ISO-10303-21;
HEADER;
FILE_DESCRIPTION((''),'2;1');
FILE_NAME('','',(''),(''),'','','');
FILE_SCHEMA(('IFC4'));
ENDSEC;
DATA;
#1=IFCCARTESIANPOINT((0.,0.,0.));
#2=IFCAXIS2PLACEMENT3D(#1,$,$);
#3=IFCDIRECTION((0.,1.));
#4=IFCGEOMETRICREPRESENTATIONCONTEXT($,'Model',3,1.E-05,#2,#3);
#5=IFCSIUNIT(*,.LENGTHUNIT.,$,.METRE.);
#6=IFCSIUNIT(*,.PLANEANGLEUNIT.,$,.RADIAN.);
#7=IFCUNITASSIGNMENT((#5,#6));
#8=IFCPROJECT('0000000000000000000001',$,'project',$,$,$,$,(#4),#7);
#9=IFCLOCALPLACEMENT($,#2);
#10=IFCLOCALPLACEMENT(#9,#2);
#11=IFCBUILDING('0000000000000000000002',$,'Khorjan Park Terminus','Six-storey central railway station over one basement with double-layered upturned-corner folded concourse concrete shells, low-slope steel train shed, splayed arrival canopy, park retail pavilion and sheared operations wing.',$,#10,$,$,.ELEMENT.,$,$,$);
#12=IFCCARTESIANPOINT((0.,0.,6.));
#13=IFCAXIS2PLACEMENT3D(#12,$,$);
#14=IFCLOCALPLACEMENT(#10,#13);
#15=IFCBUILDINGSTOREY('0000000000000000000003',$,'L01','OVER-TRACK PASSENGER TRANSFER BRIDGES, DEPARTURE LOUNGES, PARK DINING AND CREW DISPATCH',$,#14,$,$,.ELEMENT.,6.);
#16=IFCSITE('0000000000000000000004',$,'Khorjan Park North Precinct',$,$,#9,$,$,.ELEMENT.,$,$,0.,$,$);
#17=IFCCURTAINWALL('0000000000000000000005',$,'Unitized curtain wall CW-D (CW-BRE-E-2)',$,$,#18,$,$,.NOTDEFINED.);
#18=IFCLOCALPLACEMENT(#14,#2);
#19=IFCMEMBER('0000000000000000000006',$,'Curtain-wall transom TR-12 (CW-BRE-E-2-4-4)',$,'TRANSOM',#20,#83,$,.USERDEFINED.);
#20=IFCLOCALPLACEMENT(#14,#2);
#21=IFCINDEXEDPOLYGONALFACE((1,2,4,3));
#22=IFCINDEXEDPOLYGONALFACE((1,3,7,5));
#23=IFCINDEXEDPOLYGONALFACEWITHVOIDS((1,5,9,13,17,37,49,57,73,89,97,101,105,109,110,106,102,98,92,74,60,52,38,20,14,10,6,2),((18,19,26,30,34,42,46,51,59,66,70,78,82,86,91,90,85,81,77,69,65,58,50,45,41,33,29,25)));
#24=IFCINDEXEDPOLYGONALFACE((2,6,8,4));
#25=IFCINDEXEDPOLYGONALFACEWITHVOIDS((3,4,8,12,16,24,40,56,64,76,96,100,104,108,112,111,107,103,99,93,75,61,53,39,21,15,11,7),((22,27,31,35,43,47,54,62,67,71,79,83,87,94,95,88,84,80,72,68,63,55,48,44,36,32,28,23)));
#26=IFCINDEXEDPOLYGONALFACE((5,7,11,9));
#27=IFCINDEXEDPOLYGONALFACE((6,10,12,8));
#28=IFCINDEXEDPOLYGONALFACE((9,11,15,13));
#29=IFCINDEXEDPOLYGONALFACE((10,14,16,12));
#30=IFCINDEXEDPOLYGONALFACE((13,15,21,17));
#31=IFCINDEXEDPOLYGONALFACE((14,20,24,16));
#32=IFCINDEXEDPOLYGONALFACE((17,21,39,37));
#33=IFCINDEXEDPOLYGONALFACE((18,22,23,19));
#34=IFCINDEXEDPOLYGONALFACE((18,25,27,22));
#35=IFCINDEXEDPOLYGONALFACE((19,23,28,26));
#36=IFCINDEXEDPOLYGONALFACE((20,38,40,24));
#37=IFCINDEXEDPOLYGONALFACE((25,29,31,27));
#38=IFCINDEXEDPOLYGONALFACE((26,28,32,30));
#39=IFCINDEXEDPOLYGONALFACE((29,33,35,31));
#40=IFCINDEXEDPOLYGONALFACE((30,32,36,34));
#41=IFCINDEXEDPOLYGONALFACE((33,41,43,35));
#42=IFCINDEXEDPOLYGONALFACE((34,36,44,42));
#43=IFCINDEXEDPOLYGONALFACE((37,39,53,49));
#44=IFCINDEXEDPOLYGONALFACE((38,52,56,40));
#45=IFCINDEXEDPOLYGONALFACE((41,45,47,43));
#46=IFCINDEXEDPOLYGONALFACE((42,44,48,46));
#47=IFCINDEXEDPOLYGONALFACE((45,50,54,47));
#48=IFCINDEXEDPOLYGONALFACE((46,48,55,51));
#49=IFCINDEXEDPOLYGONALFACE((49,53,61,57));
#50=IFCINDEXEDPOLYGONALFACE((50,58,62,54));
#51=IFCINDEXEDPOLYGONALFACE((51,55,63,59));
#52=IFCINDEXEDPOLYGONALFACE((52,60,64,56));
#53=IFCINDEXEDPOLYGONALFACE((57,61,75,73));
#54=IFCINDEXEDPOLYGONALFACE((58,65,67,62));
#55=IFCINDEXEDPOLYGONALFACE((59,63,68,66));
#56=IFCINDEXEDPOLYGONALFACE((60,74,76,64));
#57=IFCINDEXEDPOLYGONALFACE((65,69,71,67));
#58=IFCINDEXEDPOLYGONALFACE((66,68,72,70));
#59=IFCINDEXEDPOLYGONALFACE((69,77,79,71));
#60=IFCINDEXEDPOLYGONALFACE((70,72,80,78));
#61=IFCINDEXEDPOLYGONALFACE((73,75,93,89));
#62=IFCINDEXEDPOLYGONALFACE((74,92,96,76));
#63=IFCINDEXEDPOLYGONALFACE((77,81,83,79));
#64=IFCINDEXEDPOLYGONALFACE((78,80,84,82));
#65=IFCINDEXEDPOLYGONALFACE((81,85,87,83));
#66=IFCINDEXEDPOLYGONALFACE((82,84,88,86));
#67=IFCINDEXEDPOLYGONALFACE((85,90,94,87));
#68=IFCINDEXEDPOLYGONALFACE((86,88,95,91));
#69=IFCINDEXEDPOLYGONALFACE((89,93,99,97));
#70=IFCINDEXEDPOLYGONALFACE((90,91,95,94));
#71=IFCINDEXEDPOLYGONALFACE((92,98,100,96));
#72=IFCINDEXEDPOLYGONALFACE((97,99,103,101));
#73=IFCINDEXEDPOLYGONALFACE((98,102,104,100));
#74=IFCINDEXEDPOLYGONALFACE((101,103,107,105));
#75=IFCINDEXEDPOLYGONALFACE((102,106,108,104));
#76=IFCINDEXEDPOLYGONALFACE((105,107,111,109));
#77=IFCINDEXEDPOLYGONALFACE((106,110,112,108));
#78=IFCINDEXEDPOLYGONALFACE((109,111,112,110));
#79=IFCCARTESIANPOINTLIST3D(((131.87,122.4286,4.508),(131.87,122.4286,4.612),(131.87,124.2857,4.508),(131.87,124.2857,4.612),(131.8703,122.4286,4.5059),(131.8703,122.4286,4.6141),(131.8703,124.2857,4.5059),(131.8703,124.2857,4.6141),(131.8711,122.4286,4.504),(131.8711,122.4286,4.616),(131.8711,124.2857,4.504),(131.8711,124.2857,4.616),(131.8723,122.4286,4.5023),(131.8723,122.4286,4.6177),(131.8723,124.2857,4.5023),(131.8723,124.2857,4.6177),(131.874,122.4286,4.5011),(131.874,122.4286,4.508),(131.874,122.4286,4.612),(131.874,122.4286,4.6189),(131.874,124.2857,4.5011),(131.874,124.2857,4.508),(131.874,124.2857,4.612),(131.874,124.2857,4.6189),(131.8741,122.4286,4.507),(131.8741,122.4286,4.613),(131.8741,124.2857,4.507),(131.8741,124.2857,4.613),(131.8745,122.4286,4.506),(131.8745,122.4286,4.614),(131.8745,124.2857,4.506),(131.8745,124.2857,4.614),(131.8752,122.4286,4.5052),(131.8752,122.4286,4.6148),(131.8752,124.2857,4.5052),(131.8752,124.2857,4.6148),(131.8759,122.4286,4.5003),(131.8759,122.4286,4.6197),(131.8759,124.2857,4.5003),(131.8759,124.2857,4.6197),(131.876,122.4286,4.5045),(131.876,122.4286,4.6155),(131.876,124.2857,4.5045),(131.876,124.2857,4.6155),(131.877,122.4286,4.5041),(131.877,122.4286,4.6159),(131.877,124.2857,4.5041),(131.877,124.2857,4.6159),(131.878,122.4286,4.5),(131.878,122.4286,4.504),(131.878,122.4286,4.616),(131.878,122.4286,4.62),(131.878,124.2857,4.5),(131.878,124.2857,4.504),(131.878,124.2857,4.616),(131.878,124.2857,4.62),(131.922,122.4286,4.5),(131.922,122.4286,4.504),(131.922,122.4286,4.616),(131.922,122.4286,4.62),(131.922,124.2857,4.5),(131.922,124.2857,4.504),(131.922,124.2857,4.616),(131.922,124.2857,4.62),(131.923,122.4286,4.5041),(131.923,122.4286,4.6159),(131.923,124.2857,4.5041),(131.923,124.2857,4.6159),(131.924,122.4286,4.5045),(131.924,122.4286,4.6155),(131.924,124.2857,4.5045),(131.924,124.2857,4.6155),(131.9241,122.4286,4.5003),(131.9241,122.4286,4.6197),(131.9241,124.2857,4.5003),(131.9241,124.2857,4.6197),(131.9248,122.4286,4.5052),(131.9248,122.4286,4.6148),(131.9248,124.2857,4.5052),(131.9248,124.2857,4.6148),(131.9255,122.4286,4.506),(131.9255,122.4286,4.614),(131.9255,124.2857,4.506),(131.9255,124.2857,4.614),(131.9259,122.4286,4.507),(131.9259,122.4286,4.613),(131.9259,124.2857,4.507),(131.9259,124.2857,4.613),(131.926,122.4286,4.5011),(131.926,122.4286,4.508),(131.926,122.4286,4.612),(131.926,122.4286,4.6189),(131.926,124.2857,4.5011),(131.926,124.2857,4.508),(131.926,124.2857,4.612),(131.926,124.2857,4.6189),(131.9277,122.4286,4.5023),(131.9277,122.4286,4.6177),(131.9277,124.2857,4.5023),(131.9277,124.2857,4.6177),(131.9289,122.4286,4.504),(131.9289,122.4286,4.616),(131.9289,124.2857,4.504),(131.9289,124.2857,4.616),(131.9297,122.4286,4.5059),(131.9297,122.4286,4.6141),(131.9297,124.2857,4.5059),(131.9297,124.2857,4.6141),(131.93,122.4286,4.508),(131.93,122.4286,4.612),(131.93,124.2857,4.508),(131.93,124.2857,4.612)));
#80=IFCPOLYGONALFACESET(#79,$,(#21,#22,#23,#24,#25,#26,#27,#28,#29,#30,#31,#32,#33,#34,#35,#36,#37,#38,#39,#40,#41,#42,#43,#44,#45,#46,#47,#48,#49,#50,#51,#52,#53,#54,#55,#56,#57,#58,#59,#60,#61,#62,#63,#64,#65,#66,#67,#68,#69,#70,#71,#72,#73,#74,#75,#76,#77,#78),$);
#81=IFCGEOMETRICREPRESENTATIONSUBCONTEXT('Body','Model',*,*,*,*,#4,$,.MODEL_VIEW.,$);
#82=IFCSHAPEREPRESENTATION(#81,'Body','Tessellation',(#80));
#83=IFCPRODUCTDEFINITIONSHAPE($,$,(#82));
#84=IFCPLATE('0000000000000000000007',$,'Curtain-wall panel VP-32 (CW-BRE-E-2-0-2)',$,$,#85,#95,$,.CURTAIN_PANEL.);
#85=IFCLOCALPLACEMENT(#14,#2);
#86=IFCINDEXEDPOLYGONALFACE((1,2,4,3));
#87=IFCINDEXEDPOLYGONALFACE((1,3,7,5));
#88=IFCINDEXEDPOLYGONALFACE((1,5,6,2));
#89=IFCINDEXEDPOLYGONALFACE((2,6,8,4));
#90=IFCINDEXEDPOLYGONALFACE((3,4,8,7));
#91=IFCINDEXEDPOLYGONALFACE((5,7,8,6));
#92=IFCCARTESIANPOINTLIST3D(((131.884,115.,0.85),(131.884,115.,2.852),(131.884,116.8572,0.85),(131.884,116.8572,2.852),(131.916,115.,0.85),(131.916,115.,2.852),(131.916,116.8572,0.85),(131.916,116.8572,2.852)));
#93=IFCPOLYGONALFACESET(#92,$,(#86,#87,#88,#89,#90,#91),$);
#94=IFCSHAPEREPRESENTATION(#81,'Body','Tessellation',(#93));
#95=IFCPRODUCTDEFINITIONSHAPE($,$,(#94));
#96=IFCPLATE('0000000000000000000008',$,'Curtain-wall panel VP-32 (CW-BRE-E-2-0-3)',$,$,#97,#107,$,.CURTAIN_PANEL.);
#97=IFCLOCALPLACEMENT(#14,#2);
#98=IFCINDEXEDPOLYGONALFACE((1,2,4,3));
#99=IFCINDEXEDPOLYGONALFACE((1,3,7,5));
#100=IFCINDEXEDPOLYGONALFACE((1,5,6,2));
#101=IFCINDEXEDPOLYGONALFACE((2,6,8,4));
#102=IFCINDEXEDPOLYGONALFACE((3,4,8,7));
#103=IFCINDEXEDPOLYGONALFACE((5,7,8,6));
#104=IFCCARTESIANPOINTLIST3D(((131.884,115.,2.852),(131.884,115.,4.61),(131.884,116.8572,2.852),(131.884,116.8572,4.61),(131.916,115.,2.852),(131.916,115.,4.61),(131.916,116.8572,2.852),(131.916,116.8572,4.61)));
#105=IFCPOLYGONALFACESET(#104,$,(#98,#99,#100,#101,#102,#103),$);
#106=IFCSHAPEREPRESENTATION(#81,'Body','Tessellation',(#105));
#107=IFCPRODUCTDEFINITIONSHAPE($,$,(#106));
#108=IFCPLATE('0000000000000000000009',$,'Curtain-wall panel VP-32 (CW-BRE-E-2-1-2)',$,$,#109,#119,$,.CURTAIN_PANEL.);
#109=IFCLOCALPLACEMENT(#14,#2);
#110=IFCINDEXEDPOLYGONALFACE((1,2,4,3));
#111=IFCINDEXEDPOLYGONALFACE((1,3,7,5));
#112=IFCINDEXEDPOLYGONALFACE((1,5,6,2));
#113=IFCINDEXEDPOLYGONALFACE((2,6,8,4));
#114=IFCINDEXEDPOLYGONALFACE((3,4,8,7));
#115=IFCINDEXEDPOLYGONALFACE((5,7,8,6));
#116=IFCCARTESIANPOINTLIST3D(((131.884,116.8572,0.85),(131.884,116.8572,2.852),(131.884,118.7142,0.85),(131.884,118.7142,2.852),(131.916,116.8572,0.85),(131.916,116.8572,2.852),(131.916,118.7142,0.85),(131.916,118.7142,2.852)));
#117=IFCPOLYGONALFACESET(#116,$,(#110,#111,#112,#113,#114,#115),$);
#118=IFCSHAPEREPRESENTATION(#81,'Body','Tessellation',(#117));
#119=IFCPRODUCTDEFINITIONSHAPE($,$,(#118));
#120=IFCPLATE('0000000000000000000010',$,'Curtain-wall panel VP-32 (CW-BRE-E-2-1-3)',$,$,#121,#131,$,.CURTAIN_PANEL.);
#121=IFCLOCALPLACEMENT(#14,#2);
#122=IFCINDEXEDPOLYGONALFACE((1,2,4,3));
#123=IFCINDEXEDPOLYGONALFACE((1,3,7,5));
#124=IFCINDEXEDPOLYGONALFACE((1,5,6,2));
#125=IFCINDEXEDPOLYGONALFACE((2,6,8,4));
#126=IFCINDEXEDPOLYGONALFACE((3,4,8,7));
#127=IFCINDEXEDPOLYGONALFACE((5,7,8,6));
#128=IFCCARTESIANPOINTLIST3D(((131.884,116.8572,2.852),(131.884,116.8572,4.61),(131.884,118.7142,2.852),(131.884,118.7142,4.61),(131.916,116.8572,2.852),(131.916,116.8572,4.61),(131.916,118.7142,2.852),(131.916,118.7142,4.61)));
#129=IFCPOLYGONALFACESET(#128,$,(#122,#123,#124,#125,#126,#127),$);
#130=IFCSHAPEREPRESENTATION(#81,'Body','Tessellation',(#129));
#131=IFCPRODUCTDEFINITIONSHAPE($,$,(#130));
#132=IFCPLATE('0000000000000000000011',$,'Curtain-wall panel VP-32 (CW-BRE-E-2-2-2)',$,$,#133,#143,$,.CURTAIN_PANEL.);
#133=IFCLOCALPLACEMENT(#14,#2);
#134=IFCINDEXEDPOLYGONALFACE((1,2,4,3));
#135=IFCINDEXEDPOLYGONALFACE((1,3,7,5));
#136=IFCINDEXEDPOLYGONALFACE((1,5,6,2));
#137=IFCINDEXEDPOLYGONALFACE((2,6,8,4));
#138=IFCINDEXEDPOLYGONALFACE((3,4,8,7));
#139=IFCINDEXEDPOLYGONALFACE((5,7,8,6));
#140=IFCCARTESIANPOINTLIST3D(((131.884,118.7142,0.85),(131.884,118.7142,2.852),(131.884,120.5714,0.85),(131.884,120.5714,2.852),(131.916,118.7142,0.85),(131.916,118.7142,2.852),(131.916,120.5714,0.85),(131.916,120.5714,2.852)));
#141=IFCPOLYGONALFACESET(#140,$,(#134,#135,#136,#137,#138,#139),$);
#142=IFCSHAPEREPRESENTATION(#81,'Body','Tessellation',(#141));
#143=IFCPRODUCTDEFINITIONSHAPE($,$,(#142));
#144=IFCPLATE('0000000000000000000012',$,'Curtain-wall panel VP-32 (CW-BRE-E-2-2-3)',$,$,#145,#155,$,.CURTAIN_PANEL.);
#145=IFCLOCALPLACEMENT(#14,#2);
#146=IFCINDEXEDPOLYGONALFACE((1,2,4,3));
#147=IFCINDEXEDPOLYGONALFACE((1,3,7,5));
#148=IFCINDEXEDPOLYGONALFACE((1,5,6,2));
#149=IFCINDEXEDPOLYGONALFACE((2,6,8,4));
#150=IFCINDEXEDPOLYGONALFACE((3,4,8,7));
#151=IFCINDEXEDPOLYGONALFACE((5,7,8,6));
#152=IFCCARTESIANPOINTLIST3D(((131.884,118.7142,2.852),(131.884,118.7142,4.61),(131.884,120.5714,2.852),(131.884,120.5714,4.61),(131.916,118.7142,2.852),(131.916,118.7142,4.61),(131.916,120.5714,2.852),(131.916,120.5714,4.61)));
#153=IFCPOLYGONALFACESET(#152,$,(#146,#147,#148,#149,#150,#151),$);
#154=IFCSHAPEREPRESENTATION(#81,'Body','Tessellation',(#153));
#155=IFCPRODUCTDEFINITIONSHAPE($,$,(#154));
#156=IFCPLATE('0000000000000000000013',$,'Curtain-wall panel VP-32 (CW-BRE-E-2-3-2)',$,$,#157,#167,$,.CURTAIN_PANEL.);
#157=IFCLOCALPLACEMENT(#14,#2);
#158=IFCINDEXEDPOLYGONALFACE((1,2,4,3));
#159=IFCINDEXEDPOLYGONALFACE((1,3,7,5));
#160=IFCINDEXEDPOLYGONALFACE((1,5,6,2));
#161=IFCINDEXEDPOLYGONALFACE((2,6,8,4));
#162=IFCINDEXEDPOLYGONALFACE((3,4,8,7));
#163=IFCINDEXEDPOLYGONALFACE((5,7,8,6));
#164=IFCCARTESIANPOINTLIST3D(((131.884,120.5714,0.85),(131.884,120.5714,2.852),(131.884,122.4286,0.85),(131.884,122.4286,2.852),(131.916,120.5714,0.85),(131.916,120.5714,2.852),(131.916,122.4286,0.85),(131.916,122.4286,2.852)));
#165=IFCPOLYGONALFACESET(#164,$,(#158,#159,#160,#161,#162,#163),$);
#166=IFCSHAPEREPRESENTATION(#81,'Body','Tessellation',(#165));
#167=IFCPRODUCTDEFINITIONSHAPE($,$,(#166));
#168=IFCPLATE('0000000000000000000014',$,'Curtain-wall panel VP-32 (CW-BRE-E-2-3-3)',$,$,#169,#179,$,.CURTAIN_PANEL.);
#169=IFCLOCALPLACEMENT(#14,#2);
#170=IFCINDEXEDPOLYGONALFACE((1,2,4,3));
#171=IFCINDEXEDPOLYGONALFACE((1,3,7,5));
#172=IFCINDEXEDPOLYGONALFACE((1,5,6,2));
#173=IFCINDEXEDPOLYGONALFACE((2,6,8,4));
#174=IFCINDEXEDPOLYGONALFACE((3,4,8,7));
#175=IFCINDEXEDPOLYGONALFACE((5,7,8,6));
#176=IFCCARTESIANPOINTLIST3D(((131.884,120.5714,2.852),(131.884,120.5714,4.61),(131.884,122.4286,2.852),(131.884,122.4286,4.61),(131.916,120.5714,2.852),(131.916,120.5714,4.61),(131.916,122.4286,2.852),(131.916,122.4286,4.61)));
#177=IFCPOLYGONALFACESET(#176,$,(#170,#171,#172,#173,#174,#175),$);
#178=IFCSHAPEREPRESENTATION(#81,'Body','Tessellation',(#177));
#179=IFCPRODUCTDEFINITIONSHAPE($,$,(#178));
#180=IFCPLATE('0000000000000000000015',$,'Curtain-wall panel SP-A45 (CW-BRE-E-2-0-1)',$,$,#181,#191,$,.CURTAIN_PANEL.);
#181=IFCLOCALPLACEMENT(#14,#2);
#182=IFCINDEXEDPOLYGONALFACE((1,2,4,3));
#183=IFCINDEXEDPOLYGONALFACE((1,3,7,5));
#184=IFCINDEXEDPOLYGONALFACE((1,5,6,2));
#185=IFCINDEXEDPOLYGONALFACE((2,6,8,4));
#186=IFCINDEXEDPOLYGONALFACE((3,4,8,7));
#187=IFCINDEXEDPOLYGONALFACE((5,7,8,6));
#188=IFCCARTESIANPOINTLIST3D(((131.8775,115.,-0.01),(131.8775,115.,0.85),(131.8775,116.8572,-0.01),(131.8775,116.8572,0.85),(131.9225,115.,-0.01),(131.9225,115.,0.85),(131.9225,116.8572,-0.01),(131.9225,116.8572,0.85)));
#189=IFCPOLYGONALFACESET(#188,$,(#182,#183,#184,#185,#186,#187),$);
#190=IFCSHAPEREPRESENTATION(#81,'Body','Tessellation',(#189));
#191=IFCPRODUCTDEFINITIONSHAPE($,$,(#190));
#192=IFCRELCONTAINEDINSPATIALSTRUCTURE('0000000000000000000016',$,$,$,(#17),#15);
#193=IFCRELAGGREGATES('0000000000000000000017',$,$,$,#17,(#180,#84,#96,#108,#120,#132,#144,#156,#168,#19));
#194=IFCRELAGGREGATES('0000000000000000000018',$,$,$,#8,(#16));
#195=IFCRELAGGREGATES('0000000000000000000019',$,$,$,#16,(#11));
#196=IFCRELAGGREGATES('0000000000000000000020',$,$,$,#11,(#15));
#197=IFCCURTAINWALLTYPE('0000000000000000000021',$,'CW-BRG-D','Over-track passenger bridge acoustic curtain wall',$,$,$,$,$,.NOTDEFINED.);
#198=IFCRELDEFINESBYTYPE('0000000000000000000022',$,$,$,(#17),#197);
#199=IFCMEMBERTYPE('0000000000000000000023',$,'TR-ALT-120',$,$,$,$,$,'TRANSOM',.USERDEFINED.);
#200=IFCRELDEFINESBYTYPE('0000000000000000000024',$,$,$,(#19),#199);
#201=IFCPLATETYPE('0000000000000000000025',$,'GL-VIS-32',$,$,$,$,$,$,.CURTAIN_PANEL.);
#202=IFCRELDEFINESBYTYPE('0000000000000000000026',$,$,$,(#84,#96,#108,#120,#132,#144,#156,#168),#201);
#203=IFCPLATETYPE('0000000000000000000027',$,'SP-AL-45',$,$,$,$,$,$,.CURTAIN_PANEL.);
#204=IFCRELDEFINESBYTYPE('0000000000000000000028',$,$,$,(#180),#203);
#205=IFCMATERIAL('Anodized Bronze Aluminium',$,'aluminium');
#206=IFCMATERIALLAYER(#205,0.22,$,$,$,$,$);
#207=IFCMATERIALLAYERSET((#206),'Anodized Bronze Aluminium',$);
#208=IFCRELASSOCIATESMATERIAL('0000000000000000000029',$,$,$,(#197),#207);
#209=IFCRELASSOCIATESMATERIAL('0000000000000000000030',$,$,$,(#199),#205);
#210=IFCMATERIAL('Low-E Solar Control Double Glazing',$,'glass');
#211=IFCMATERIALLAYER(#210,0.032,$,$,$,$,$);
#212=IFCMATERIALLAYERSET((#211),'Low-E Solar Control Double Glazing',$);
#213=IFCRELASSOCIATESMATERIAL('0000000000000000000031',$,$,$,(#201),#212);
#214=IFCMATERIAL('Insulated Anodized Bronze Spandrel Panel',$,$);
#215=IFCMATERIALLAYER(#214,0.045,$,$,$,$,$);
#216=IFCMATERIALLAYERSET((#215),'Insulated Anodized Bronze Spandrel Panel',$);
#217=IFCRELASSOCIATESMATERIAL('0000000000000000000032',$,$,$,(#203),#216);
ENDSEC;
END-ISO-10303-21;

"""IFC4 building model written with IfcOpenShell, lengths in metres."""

from ifc_helpers import new_model, si_unit, direction, frame, origin, origin_2d, place, context, subcontext, project, spatial, rectangle, hollow_rectangle, extrude, material, layer, layer_set, material_profile, profile_set, type_object, element, aggregate, save


model = new_model("IFC4")

# Units and contexts
model_context = context("Model", 3, precision=1e-05, world=origin(), true_north=direction((0.0, 1.0)))
body_context = subcontext(model_context, "Body", "Model", "MODEL_VIEW")
ifc_project = project(units=[si_unit("LENGTHUNIT", "METRE"), si_unit("PLANEANGLEUNIT", "RADIAN")], contexts=[model_context])

# Site, building, storey
site_placement = place(None, origin())
site = spatial("IfcSite", under=ifc_project, at=site_placement, Name="Khorjan Park North Precinct", CompositionType="ELEMENT", RefElevation=0.0)
building_placement = place(site_placement, origin())
building = spatial("IfcBuilding", under=site, at=building_placement, Name="Khorjan Park Terminus", Description="Six-storey central railway station over one basement with double-layered upturned-corner folded concourse concrete shells, low-slope steel train shed, splayed arrival canopy, park retail pavilion and sheared operations wing.", CompositionType="ELEMENT")
storey_placement = place(building_placement, frame((0.0, 0.0, 6.0)))
storey = spatial("IfcBuildingStorey", under=building, at=storey_placement, Name="L01", Description="OVER-TRACK PASSENGER TRANSFER BRIDGES, DEPARTURE LOUNGES, PARK DINING AND CREW DISPATCH", CompositionType="ELEMENT", Elevation=6.0)

# Curtain wall, member, plates
ifc_material_1 = material(Name="Anodized Bronze Aluminium", Category="aluminium")
ifc_layer_1 = layer(ifc_material_1, 0.22)
ifc_layer_set_1 = layer_set([ifc_layer_1], Name="Anodized Bronze Aluminium")
curtain_wall_type = type_object("IfcCurtainWallType", Name="CW-BRG-D", Description="Over-track passenger bridge acoustic curtain wall", PredefinedType="NOTDEFINED", material=ifc_layer_set_1)
curtain_wall_placement = place(storey_placement, origin())
curtain_wall = element("IfcCurtainWall", 1, at=curtain_wall_placement, inside=storey, type_object=curtain_wall_type, Name="Unitized curtain wall CW-D (CW-BRE-E-2)", PredefinedType="NOTDEFINED")
ifc_material_profile_1 = material_profile(ifc_material_1, hollow_rectangle(XDim=0.06, YDim=0.12, WallThickness=0.004, InnerFilletRadius=0.004, OuterFilletRadius=0.008, at=origin_2d()), Name="ALT 60x120x4")
ifc_profile_set_1 = profile_set([ifc_material_profile_1], Name="Anodized Bronze Aluminium")
member_type_1 = type_object("IfcMemberType", Name="TR-ALT-120", ElementType="TRANSOM", PredefinedType="USERDEFINED", material=ifc_profile_set_1)
member_1_placement = place(storey_placement, frame((131.9, 122.4286, 4.56), z_axis=(0.0, 1.0, 0.0), x_axis=(-1.0, 0.0, 0.0)))
member_1 = element("IfcMember", 2, at=member_1_placement, type_object=member_type_1, Name="Curtain-wall transom TR-12 (CW-BRE-E-2-4-4)", ObjectType="TRANSOM", PredefinedType="USERDEFINED", context=body_context, shape_type="SweptSolid", body=[
    extrude(hollow_rectangle(XDim=0.06, YDim=0.12, WallThickness=0.004, InnerFilletRadius=0.004, OuterFilletRadius=0.008, at=origin_2d()), origin(), (0.0, 0.0, 1.0), 1.8571),
])
ifc_material_2 = material(Name="Low-E Solar Control Double Glazing", Category="glass")
ifc_layer_2 = layer(ifc_material_2, 0.032)
ifc_layer_set_2 = layer_set([ifc_layer_2], Name="Low-E Solar Control Double Glazing")
plate_type_1 = type_object("IfcPlateType", Name="GL-VIS-32", PredefinedType="CURTAIN_PANEL", material=ifc_layer_set_2)
plate_1_placement = place(storey_placement, frame((131.9, 115.9286, 0.85), z_axis=(0.0, 0.0, 1.0), x_axis=(0.0, 1.0, 0.0)))
plate_1 = element("IfcPlate", 3, at=plate_1_placement, type_object=plate_type_1, Name="Curtain-wall panel VP-32 (CW-BRE-E-2-0-2)", PredefinedType="CURTAIN_PANEL", context=body_context, shape_type="SweptSolid", body=[
    extrude(rectangle(XDim=1.8571, YDim=0.032, at=origin_2d()), origin(), (0.0, 0.0, 1.0), 2.002),
])
plate_2_placement = place(storey_placement, frame((131.9, 115.9286, 2.852), z_axis=(0.0, 0.0, 1.0), x_axis=(0.0, 1.0, 0.0)))
plate_2 = element("IfcPlate", 4, at=plate_2_placement, type_object=plate_type_1, Name="Curtain-wall panel VP-32 (CW-BRE-E-2-0-3)", PredefinedType="CURTAIN_PANEL", context=body_context, shape_type="SweptSolid", body=[
    extrude(rectangle(XDim=1.8571, YDim=0.032, at=origin_2d()), origin(), (0.0, 0.0, 1.0), 1.758),
])
plate_3_placement = place(storey_placement, frame((131.9, 117.7857, 0.85), z_axis=(0.0, 0.0, 1.0), x_axis=(0.0, 1.0, 0.0)))
plate_3 = element("IfcPlate", 5, at=plate_3_placement, type_object=plate_type_1, Name="Curtain-wall panel VP-32 (CW-BRE-E-2-1-2)", PredefinedType="CURTAIN_PANEL", context=body_context, shape_type="SweptSolid", body=[
    extrude(rectangle(XDim=1.8571, YDim=0.032, at=origin_2d()), origin(), (0.0, 0.0, 1.0), 2.002),
])
plate_4_placement = place(storey_placement, frame((131.9, 117.7857, 2.852), z_axis=(0.0, 0.0, 1.0), x_axis=(0.0, 1.0, 0.0)))
plate_4 = element("IfcPlate", 6, at=plate_4_placement, type_object=plate_type_1, Name="Curtain-wall panel VP-32 (CW-BRE-E-2-1-3)", PredefinedType="CURTAIN_PANEL", context=body_context, shape_type="SweptSolid", body=[
    extrude(rectangle(XDim=1.8571, YDim=0.032, at=origin_2d()), origin(), (0.0, 0.0, 1.0), 1.758),
])
plate_5_placement = place(storey_placement, frame((131.9, 119.6428, 0.85), z_axis=(0.0, 0.0, 1.0), x_axis=(0.0, 1.0, 0.0)))
plate_5 = element("IfcPlate", 7, at=plate_5_placement, type_object=plate_type_1, Name="Curtain-wall panel VP-32 (CW-BRE-E-2-2-2)", PredefinedType="CURTAIN_PANEL", context=body_context, shape_type="SweptSolid", body=[
    extrude(rectangle(XDim=1.8571, YDim=0.032, at=origin_2d()), origin(), (0.0, 0.0, 1.0), 2.002),
])
plate_6_placement = place(storey_placement, frame((131.9, 119.6428, 2.852), z_axis=(0.0, 0.0, 1.0), x_axis=(0.0, 1.0, 0.0)))
plate_6 = element("IfcPlate", 8, at=plate_6_placement, type_object=plate_type_1, Name="Curtain-wall panel VP-32 (CW-BRE-E-2-2-3)", PredefinedType="CURTAIN_PANEL", context=body_context, shape_type="SweptSolid", body=[
    extrude(rectangle(XDim=1.8571, YDim=0.032, at=origin_2d()), origin(), (0.0, 0.0, 1.0), 1.758),
])
plate_7_placement = place(storey_placement, frame((131.9, 121.5, 0.85), z_axis=(0.0, 0.0, 1.0), x_axis=(0.0, 1.0, 0.0)))
plate_7 = element("IfcPlate", 9, at=plate_7_placement, type_object=plate_type_1, Name="Curtain-wall panel VP-32 (CW-BRE-E-2-3-2)", PredefinedType="CURTAIN_PANEL", context=body_context, shape_type="SweptSolid", body=[
    extrude(rectangle(XDim=1.8571, YDim=0.032, at=origin_2d()), origin(), (0.0, 0.0, 1.0), 2.002),
])
plate_8_placement = place(storey_placement, frame((131.9, 121.5, 2.852), z_axis=(0.0, 0.0, 1.0), x_axis=(0.0, 1.0, 0.0)))
plate_8 = element("IfcPlate", 10, at=plate_8_placement, type_object=plate_type_1, Name="Curtain-wall panel VP-32 (CW-BRE-E-2-3-3)", PredefinedType="CURTAIN_PANEL", context=body_context, shape_type="SweptSolid", body=[
    extrude(rectangle(XDim=1.8571, YDim=0.032, at=origin_2d()), origin(), (0.0, 0.0, 1.0), 1.758),
])
ifc_material_3 = material(Name="Insulated Anodized Bronze Spandrel Panel")
ifc_layer_3 = layer(ifc_material_3, 0.045)
ifc_layer_set_3 = layer_set([ifc_layer_3], Name="Insulated Anodized Bronze Spandrel Panel")
plate_type_2 = type_object("IfcPlateType", Name="SP-AL-45", PredefinedType="CURTAIN_PANEL", material=ifc_layer_set_3)
plate_9_placement = place(storey_placement, frame((131.9, 115.9286, -0.01), z_axis=(0.0, 0.0, 1.0), x_axis=(0.0, 1.0, 0.0)))
plate_9 = element("IfcPlate", 11, at=plate_9_placement, type_object=plate_type_2, Name="Curtain-wall panel SP-A45 (CW-BRE-E-2-0-1)", PredefinedType="CURTAIN_PANEL", context=body_context, shape_type="SweptSolid", body=[
    extrude(rectangle(XDim=1.8571, YDim=0.045, at=origin_2d()), origin(), (0.0, 0.0, 1.0), 0.86),
])
aggregate(curtain_wall, [plate_9, plate_1, plate_2, plate_3, plate_4, plate_5, plate_6, plate_7, plate_8, member_1])

save(model, "model.ifc")
